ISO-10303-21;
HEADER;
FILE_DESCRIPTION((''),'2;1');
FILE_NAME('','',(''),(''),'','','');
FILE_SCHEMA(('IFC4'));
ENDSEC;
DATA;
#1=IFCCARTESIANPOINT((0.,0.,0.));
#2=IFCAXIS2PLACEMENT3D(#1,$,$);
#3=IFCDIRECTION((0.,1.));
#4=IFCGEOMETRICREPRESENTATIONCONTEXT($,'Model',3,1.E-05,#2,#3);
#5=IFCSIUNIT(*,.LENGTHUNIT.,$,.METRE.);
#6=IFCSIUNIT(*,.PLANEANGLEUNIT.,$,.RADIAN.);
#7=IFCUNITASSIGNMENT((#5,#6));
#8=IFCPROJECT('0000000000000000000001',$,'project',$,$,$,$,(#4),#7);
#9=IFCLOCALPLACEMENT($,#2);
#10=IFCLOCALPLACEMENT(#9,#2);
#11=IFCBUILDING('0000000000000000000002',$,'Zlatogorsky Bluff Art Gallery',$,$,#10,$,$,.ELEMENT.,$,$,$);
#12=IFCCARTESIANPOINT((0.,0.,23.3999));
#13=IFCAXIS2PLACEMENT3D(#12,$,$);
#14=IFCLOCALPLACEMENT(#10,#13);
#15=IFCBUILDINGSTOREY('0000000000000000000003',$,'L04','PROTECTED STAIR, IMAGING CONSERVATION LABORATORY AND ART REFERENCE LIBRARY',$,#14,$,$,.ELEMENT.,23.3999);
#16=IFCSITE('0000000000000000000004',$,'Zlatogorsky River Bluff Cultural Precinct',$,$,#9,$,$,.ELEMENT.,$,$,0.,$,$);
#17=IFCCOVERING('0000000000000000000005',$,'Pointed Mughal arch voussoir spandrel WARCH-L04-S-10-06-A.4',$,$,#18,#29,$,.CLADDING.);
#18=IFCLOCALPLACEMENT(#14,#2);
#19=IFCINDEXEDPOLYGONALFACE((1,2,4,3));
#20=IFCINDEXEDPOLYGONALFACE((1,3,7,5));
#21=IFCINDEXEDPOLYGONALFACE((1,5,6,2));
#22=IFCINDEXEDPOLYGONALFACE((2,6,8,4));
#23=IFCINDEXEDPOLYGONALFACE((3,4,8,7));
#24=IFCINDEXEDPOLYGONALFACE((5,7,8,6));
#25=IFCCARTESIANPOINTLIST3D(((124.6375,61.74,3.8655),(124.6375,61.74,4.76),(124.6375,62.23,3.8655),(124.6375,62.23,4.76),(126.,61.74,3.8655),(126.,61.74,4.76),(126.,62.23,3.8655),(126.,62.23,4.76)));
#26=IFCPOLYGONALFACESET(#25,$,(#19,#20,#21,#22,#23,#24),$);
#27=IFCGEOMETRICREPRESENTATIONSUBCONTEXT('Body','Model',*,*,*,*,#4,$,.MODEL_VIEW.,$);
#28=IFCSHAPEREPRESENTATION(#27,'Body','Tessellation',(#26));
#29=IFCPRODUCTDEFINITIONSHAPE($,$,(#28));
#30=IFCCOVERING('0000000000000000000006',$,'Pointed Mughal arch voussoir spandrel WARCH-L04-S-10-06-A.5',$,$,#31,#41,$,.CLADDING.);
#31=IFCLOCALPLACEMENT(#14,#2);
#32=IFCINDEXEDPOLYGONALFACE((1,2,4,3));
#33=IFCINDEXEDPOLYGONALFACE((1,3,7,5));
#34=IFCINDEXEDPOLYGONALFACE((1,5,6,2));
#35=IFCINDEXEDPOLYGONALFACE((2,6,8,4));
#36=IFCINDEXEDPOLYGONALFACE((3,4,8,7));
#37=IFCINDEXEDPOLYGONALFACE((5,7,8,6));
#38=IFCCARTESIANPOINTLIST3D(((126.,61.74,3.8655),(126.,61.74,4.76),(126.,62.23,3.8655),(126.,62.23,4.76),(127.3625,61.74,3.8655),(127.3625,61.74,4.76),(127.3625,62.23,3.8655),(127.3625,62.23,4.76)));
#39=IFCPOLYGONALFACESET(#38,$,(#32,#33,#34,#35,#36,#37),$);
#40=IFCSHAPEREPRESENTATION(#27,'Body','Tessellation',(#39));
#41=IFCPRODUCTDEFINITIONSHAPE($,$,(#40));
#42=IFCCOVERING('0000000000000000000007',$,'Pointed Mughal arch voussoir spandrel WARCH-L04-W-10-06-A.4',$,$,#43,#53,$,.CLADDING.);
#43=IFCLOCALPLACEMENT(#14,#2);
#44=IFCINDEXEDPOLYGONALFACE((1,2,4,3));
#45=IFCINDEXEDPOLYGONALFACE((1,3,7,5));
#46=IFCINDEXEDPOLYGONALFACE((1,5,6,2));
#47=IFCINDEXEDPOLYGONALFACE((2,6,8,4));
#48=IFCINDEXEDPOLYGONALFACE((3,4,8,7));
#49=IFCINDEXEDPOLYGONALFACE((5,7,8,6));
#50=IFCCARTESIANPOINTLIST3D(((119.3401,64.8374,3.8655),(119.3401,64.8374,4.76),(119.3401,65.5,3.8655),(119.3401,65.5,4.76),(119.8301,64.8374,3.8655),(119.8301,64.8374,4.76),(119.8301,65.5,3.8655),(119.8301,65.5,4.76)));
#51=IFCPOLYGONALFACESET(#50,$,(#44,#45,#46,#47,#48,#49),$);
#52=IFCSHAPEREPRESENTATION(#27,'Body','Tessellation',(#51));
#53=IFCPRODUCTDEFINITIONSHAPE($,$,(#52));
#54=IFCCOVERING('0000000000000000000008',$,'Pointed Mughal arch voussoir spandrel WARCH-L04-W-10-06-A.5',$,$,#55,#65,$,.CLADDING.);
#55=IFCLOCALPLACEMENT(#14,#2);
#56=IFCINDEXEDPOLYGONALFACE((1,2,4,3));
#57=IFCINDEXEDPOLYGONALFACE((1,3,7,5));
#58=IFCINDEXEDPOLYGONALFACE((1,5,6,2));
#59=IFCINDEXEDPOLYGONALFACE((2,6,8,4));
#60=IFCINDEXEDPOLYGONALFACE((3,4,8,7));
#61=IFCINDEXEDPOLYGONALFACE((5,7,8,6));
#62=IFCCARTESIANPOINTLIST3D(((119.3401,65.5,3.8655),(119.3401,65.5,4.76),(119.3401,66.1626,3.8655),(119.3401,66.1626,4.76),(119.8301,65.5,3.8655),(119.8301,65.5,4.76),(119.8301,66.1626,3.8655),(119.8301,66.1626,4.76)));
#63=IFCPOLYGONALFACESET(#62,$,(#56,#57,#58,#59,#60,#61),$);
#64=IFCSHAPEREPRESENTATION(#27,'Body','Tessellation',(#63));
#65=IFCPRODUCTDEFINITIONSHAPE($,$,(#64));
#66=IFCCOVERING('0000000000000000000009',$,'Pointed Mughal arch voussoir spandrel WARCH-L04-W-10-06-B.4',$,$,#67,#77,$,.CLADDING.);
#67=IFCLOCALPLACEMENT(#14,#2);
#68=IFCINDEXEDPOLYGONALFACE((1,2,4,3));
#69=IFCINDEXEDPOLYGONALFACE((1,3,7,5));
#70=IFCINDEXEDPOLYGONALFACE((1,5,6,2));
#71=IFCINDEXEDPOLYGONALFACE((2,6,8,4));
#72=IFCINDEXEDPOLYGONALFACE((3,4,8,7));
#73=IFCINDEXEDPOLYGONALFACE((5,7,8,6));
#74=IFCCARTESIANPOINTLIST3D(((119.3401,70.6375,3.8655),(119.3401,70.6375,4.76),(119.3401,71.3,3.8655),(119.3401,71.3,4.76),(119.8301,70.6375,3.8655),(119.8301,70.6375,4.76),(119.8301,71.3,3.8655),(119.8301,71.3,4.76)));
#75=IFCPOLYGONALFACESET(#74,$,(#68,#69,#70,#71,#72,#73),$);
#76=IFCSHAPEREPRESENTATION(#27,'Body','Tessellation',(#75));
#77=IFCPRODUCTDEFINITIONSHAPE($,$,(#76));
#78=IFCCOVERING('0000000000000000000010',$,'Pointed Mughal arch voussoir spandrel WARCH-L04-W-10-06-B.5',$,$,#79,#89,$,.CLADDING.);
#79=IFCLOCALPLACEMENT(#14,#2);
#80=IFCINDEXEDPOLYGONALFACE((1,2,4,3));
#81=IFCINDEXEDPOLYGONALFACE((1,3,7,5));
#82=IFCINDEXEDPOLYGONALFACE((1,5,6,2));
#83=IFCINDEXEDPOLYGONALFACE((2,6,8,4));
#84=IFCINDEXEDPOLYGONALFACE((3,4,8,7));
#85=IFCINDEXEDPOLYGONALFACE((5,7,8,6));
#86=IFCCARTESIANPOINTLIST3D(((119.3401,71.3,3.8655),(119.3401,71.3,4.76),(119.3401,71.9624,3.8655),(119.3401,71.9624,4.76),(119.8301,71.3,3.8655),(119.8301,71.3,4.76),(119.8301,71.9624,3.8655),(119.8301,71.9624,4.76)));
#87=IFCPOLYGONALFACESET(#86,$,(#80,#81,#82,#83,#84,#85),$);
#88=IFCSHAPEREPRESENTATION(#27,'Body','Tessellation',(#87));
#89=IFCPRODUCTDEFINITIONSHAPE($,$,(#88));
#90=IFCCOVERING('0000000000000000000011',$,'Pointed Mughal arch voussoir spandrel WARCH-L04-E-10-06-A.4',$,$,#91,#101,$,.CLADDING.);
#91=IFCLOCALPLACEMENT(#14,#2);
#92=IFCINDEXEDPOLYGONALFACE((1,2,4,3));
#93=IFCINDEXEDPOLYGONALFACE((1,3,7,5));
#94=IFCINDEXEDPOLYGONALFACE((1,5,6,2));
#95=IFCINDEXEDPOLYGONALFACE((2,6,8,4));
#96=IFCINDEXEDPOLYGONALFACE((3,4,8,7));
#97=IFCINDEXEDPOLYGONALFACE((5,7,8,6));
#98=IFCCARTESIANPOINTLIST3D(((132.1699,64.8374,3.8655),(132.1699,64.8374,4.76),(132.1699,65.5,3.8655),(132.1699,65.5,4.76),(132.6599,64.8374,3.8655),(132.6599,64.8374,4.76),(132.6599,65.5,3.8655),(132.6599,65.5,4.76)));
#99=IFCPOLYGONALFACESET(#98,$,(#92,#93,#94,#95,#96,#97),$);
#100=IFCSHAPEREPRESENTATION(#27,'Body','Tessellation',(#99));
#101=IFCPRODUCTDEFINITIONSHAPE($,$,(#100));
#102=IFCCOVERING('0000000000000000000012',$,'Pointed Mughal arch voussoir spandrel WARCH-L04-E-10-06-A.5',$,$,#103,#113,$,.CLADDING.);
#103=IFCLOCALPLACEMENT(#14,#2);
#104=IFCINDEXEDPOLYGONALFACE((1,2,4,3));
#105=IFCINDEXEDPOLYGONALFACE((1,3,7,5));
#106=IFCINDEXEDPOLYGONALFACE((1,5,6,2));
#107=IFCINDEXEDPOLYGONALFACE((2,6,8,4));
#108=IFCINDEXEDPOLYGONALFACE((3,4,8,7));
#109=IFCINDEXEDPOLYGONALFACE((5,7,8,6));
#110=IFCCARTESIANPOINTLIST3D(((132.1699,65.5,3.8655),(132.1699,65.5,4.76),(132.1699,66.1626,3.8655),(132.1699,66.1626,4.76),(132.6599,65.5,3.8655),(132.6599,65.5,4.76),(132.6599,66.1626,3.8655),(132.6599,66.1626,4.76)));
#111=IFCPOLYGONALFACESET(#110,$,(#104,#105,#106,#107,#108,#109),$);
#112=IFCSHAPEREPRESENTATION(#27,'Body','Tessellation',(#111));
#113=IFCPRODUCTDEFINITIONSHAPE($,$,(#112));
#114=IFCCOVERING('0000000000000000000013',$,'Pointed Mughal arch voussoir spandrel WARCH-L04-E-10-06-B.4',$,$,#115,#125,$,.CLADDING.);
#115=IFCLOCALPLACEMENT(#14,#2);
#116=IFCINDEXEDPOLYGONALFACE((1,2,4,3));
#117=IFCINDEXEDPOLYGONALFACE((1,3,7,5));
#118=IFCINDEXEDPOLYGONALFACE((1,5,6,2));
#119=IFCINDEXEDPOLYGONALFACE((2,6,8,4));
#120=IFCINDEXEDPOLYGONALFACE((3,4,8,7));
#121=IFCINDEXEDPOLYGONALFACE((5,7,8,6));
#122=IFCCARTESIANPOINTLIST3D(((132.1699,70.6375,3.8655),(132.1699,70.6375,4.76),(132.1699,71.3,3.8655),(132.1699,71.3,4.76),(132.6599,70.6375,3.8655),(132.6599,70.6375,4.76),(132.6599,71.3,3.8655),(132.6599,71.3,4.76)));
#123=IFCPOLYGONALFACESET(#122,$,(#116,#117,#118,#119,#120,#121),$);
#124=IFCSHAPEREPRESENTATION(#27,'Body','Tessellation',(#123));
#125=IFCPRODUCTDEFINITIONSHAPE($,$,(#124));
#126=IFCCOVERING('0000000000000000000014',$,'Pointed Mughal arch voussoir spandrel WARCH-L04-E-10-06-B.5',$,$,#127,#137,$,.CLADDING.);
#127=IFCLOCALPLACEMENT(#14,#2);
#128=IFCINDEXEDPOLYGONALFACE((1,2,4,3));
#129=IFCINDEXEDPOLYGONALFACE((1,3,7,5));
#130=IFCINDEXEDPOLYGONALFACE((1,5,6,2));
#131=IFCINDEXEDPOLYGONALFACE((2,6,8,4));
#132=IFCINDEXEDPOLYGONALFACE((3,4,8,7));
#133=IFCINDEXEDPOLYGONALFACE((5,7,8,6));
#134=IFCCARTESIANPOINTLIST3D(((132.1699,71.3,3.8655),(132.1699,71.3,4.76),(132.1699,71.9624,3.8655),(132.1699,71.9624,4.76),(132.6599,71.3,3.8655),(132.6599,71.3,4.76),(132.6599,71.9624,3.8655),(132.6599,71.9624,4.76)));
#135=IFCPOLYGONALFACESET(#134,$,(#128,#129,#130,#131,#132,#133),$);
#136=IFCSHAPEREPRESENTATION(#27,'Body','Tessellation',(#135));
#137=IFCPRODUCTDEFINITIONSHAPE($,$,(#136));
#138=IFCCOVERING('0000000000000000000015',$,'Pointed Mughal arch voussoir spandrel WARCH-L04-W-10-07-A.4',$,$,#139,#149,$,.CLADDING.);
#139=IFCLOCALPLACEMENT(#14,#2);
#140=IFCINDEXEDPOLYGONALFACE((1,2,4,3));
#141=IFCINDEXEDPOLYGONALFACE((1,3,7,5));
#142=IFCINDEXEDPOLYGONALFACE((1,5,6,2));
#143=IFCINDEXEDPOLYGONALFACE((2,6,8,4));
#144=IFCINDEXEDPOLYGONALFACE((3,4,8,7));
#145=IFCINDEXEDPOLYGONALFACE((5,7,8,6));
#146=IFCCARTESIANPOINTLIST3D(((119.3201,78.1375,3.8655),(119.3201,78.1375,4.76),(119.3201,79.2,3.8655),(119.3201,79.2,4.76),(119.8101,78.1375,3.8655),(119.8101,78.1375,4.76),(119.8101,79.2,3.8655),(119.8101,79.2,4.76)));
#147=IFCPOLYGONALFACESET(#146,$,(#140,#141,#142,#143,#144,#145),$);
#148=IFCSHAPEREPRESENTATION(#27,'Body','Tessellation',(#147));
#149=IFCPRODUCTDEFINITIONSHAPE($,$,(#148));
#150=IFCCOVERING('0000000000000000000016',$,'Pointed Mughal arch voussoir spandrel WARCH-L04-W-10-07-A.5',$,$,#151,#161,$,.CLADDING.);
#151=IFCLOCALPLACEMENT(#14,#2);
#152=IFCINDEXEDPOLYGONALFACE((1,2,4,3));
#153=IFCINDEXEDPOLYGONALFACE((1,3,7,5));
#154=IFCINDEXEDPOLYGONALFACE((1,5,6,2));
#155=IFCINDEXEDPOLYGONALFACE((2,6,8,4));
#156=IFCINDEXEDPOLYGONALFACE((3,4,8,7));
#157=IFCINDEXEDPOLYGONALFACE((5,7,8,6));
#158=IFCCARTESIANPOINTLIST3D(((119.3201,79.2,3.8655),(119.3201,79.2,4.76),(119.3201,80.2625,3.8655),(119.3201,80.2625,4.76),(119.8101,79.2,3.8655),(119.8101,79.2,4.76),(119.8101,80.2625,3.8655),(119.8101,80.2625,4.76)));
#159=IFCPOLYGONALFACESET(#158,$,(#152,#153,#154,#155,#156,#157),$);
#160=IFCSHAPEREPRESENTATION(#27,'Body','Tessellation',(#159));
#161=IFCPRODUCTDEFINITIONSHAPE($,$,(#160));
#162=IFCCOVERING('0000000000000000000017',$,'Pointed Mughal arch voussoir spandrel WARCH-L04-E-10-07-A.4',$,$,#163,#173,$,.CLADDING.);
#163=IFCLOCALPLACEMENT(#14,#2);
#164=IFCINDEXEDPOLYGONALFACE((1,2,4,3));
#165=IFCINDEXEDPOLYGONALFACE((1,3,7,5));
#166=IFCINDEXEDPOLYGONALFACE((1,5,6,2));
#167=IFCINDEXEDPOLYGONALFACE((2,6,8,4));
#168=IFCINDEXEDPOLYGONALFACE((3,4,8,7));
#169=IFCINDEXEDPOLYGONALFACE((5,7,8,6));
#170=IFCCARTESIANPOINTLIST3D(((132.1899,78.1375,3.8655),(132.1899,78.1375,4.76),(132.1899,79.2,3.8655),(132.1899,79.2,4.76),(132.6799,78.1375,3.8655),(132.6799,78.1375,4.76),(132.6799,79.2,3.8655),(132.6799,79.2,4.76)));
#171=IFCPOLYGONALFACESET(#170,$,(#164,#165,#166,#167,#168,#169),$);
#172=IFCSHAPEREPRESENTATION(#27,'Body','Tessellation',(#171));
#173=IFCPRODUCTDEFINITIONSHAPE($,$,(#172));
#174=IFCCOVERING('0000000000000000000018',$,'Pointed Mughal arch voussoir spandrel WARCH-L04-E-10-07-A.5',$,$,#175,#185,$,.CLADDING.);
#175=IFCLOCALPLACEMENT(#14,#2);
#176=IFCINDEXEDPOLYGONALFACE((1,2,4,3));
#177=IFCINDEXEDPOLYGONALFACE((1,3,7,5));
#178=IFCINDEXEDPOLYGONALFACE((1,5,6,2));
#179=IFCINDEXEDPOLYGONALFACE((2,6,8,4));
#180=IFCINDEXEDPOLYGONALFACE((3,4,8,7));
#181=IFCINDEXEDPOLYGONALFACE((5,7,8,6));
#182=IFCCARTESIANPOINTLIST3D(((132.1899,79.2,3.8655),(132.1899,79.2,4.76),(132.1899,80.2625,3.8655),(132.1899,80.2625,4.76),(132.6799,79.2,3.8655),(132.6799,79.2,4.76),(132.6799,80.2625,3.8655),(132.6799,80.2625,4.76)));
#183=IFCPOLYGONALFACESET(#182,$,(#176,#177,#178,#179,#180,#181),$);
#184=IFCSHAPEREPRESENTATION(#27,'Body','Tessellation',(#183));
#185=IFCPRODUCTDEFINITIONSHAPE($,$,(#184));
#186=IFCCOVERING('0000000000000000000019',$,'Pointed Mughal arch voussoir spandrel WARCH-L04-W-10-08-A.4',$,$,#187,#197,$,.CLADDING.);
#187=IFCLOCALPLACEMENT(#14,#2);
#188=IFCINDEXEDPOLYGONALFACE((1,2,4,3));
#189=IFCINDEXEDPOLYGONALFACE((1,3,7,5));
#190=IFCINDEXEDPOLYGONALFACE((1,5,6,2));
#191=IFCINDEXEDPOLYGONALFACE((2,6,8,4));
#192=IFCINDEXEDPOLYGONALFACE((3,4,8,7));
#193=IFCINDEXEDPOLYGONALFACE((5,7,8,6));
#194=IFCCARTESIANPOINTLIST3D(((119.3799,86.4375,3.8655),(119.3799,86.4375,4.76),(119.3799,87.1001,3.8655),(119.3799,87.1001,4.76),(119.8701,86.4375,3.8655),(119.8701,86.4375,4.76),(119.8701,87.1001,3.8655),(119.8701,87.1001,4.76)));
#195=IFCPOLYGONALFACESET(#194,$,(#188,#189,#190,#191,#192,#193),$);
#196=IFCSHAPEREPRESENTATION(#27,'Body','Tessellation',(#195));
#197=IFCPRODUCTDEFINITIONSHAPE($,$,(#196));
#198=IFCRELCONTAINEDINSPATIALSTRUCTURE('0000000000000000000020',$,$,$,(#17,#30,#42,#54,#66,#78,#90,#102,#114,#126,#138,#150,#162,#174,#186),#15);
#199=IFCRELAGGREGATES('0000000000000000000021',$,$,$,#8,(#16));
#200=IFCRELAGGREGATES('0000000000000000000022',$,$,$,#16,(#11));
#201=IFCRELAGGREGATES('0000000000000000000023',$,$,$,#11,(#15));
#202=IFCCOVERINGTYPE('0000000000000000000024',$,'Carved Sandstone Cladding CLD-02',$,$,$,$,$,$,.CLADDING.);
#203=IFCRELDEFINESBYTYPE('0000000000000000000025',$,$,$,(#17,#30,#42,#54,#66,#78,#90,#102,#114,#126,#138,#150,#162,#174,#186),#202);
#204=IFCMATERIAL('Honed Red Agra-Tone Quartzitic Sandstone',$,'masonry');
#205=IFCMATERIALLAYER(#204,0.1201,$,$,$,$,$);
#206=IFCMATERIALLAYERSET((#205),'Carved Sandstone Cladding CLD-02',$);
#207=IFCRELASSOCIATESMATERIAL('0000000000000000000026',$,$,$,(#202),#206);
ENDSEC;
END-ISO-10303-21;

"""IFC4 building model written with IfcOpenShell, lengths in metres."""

from ifc_helpers import new_model, si_unit, direction, frame, origin, place, context, subcontext, project, spatial, polyline, outline, extrude, material, layer, layer_set, type_object, element, save


model = new_model("IFC4")

# Units and contexts
model_context = context("Model", 3, precision=1e-05, world=origin(), true_north=direction((0.0, 1.0)))
body_context = subcontext(model_context, "Body", "Model", "MODEL_VIEW")
ifc_project = project(units=[si_unit("LENGTHUNIT", "METRE"), si_unit("PLANEANGLEUNIT", "RADIAN")], contexts=[model_context])

# Site, building, storey
site_placement = place(None, origin())
site = spatial("IfcSite", under=ifc_project, at=site_placement, Name="Zlatogorsky River Bluff Cultural Precinct", CompositionType="ELEMENT", RefElevation=0.0)
building_placement = place(site_placement, origin())
building = spatial("IfcBuilding", under=site, at=building_placement, Name="Zlatogorsky Bluff Art Gallery", CompositionType="ELEMENT")
storey_placement = place(building_placement, frame((0.0, 0.0, 23.3999)))
storey = spatial("IfcBuildingStorey", under=building, at=storey_placement, Name="L04", Description="PROTECTED STAIR, IMAGING CONSERVATION LABORATORY AND ART REFERENCE LIBRARY", CompositionType="ELEMENT", Elevation=23.3999)

# Coverings
ifc_material = material(Name="Honed Red Agra-Tone Quartzitic Sandstone", Category="masonry")
ifc_layer = layer(ifc_material, 0.1201)
ifc_layer_set = layer_set([ifc_layer], Name="Carved Sandstone Cladding CLD-02")
covering_type = type_object("IfcCoveringType", Name="Carved Sandstone Cladding CLD-02", PredefinedType="CLADDING", material=ifc_layer_set)
covering_1_placement = place(storey_placement, frame((0.0, 0.0, 3.8655)))
element("IfcCovering", 1, at=covering_1_placement, inside=storey, type_object=covering_type, Name="Pointed Mughal arch voussoir spandrel WARCH-L04-S-10-06-A.4", PredefinedType="CLADDING", context=body_context, shape_type="SweptSolid", body=[
    extrude(outline(polyline([(124.6375, 61.74), (126.0, 61.74), (126.0, 62.23), (124.6375, 62.23), (124.6375, 61.74)])), origin(), (0.0, 0.0, 1.0), 0.8945),
])
covering_2_placement = place(storey_placement, frame((0.0, 0.0, 3.8655)))
element("IfcCovering", 2, at=covering_2_placement, inside=storey, type_object=covering_type, Name="Pointed Mughal arch voussoir spandrel WARCH-L04-S-10-06-A.5", PredefinedType="CLADDING", context=body_context, shape_type="SweptSolid", body=[
    extrude(outline(polyline([(126.0, 61.74), (127.3625, 61.74), (127.3625, 62.23), (126.0, 62.23), (126.0, 61.74)])), origin(), (0.0, 0.0, 1.0), 0.8945),
])
covering_3_placement = place(storey_placement, frame((0.0, 0.0, 3.8655)))
element("IfcCovering", 3, at=covering_3_placement, inside=storey, type_object=covering_type, Name="Pointed Mughal arch voussoir spandrel WARCH-L04-W-10-06-A.4", PredefinedType="CLADDING", context=body_context, shape_type="SweptSolid", body=[
    extrude(outline(polyline([(119.3401, 64.8374), (119.3401, 65.5), (119.8301, 65.5), (119.8301, 64.8374), (119.3401, 64.8374)])), origin(), (0.0, 0.0, 1.0), 0.8945),
])
covering_4_placement = place(storey_placement, frame((0.0, 0.0, 3.8655)))
element("IfcCovering", 4, at=covering_4_placement, inside=storey, type_object=covering_type, Name="Pointed Mughal arch voussoir spandrel WARCH-L04-W-10-06-A.5", PredefinedType="CLADDING", context=body_context, shape_type="SweptSolid", body=[
    extrude(outline(polyline([(119.3401, 65.5), (119.3401, 66.1626), (119.8301, 66.1626), (119.8301, 65.5), (119.3401, 65.5)])), origin(), (0.0, 0.0, 1.0), 0.8945),
])
covering_5_placement = place(storey_placement, frame((0.0, 0.0, 3.8655)))
element("IfcCovering", 5, at=covering_5_placement, inside=storey, type_object=covering_type, Name="Pointed Mughal arch voussoir spandrel WARCH-L04-W-10-06-B.4", PredefinedType="CLADDING", context=body_context, shape_type="SweptSolid", body=[
    extrude(outline(polyline([(119.3401, 70.6375), (119.3401, 71.3), (119.8301, 71.3), (119.8301, 70.6375), (119.3401, 70.6375)])), origin(), (0.0, 0.0, 1.0), 0.8945),
])
covering_6_placement = place(storey_placement, frame((0.0, 0.0, 3.8655)))
element("IfcCovering", 6, at=covering_6_placement, inside=storey, type_object=covering_type, Name="Pointed Mughal arch voussoir spandrel WARCH-L04-W-10-06-B.5", PredefinedType="CLADDING", context=body_context, shape_type="SweptSolid", body=[
    extrude(outline(polyline([(119.3401, 71.3), (119.3401, 71.9624), (119.8301, 71.9624), (119.8301, 71.3), (119.3401, 71.3)])), origin(), (0.0, 0.0, 1.0), 0.8945),
])
covering_7_placement = place(storey_placement, frame((0.0, 0.0, 3.8655)))
element("IfcCovering", 7, at=covering_7_placement, inside=storey, type_object=covering_type, Name="Pointed Mughal arch voussoir spandrel WARCH-L04-E-10-06-A.4", PredefinedType="CLADDING", context=body_context, shape_type="SweptSolid", body=[
    extrude(outline(polyline([(132.1699, 64.8374), (132.1699, 65.5), (132.6599, 65.5), (132.6599, 64.8374), (132.1699, 64.8374)])), origin(), (0.0, 0.0, 1.0), 0.8945),
])
covering_8_placement = place(storey_placement, frame((0.0, 0.0, 3.8655)))
element("IfcCovering", 8, at=covering_8_placement, inside=storey, type_object=covering_type, Name="Pointed Mughal arch voussoir spandrel WARCH-L04-E-10-06-A.5", PredefinedType="CLADDING", context=body_context, shape_type="SweptSolid", body=[
    extrude(outline(polyline([(132.1699, 65.5), (132.1699, 66.1626), (132.6599, 66.1626), (132.6599, 65.5), (132.1699, 65.5)])), origin(), (0.0, 0.0, 1.0), 0.8945),
])
covering_9_placement = place(storey_placement, frame((0.0, 0.0, 3.8655)))
element("IfcCovering", 9, at=covering_9_placement, inside=storey, type_object=covering_type, Name="Pointed Mughal arch voussoir spandrel WARCH-L04-E-10-06-B.4", PredefinedType="CLADDING", context=body_context, shape_type="SweptSolid", body=[
    extrude(outline(polyline([(132.1699, 70.6375), (132.1699, 71.3), (132.6599, 71.3), (132.6599, 70.6375), (132.1699, 70.6375)])), origin(), (0.0, 0.0, 1.0), 0.8945),
])
covering_10_placement = place(storey_placement, frame((0.0, 0.0, 3.8655)))
element("IfcCovering", 10, at=covering_10_placement, inside=storey, type_object=covering_type, Name="Pointed Mughal arch voussoir spandrel WARCH-L04-E-10-06-B.5", PredefinedType="CLADDING", context=body_context, shape_type="SweptSolid", body=[
    extrude(outline(polyline([(132.1699, 71.3), (132.1699, 71.9624), (132.6599, 71.9624), (132.6599, 71.3), (132.1699, 71.3)])), origin(), (0.0, 0.0, 1.0), 0.8945),
])
covering_11_placement = place(storey_placement, frame((0.0, 0.0, 3.8655)))
element("IfcCovering", 11, at=covering_11_placement, inside=storey, type_object=covering_type, Name="Pointed Mughal arch voussoir spandrel WARCH-L04-W-10-07-A.4", PredefinedType="CLADDING", context=body_context, shape_type="SweptSolid", body=[
    extrude(outline(polyline([(119.3201, 78.1375), (119.3201, 79.2), (119.8101, 79.2), (119.8101, 78.1375), (119.3201, 78.1375)])), origin(), (0.0, 0.0, 1.0), 0.8945),
])
covering_12_placement = place(storey_placement, frame((0.0, 0.0, 3.8655)))
element("IfcCovering", 12, at=covering_12_placement, inside=storey, type_object=covering_type, Name="Pointed Mughal arch voussoir spandrel WARCH-L04-W-10-07-A.5", PredefinedType="CLADDING", context=body_context, shape_type="SweptSolid", body=[
    extrude(outline(polyline([(119.3201, 79.2), (119.3201, 80.2625), (119.8101, 80.2625), (119.8101, 79.2), (119.3201, 79.2)])), origin(), (0.0, 0.0, 1.0), 0.8945),
])
covering_13_placement = place(storey_placement, frame((0.0, 0.0, 3.8655)))
element("IfcCovering", 13, at=covering_13_placement, inside=storey, type_object=covering_type, Name="Pointed Mughal arch voussoir spandrel WARCH-L04-E-10-07-A.4", PredefinedType="CLADDING", context=body_context, shape_type="SweptSolid", body=[
    extrude(outline(polyline([(132.1899, 78.1375), (132.1899, 79.2), (132.6799, 79.2), (132.6799, 78.1375), (132.1899, 78.1375)])), origin(), (0.0, 0.0, 1.0), 0.8945),
])
covering_14_placement = place(storey_placement, frame((0.0, 0.0, 3.8655)))
element("IfcCovering", 14, at=covering_14_placement, inside=storey, type_object=covering_type, Name="Pointed Mughal arch voussoir spandrel WARCH-L04-E-10-07-A.5", PredefinedType="CLADDING", context=body_context, shape_type="SweptSolid", body=[
    extrude(outline(polyline([(132.1899, 79.2), (132.1899, 80.2625), (132.6799, 80.2625), (132.6799, 79.2), (132.1899, 79.2)])), origin(), (0.0, 0.0, 1.0), 0.8945),
])
covering_15_placement = place(storey_placement, frame((0.0, 0.0, 3.8655)))
element("IfcCovering", 15, at=covering_15_placement, inside=storey, type_object=covering_type, Name="Pointed Mughal arch voussoir spandrel WARCH-L04-W-10-08-A.4", PredefinedType="CLADDING", context=body_context, shape_type="SweptSolid", body=[
    extrude(outline(polyline([(119.3799, 86.4375), (119.3799, 87.1001), (119.8701, 87.1001), (119.8701, 86.4375), (119.3799, 86.4375)])), origin(), (0.0, 0.0, 1.0), 0.8945),
])

save(model, "model.ifc")
